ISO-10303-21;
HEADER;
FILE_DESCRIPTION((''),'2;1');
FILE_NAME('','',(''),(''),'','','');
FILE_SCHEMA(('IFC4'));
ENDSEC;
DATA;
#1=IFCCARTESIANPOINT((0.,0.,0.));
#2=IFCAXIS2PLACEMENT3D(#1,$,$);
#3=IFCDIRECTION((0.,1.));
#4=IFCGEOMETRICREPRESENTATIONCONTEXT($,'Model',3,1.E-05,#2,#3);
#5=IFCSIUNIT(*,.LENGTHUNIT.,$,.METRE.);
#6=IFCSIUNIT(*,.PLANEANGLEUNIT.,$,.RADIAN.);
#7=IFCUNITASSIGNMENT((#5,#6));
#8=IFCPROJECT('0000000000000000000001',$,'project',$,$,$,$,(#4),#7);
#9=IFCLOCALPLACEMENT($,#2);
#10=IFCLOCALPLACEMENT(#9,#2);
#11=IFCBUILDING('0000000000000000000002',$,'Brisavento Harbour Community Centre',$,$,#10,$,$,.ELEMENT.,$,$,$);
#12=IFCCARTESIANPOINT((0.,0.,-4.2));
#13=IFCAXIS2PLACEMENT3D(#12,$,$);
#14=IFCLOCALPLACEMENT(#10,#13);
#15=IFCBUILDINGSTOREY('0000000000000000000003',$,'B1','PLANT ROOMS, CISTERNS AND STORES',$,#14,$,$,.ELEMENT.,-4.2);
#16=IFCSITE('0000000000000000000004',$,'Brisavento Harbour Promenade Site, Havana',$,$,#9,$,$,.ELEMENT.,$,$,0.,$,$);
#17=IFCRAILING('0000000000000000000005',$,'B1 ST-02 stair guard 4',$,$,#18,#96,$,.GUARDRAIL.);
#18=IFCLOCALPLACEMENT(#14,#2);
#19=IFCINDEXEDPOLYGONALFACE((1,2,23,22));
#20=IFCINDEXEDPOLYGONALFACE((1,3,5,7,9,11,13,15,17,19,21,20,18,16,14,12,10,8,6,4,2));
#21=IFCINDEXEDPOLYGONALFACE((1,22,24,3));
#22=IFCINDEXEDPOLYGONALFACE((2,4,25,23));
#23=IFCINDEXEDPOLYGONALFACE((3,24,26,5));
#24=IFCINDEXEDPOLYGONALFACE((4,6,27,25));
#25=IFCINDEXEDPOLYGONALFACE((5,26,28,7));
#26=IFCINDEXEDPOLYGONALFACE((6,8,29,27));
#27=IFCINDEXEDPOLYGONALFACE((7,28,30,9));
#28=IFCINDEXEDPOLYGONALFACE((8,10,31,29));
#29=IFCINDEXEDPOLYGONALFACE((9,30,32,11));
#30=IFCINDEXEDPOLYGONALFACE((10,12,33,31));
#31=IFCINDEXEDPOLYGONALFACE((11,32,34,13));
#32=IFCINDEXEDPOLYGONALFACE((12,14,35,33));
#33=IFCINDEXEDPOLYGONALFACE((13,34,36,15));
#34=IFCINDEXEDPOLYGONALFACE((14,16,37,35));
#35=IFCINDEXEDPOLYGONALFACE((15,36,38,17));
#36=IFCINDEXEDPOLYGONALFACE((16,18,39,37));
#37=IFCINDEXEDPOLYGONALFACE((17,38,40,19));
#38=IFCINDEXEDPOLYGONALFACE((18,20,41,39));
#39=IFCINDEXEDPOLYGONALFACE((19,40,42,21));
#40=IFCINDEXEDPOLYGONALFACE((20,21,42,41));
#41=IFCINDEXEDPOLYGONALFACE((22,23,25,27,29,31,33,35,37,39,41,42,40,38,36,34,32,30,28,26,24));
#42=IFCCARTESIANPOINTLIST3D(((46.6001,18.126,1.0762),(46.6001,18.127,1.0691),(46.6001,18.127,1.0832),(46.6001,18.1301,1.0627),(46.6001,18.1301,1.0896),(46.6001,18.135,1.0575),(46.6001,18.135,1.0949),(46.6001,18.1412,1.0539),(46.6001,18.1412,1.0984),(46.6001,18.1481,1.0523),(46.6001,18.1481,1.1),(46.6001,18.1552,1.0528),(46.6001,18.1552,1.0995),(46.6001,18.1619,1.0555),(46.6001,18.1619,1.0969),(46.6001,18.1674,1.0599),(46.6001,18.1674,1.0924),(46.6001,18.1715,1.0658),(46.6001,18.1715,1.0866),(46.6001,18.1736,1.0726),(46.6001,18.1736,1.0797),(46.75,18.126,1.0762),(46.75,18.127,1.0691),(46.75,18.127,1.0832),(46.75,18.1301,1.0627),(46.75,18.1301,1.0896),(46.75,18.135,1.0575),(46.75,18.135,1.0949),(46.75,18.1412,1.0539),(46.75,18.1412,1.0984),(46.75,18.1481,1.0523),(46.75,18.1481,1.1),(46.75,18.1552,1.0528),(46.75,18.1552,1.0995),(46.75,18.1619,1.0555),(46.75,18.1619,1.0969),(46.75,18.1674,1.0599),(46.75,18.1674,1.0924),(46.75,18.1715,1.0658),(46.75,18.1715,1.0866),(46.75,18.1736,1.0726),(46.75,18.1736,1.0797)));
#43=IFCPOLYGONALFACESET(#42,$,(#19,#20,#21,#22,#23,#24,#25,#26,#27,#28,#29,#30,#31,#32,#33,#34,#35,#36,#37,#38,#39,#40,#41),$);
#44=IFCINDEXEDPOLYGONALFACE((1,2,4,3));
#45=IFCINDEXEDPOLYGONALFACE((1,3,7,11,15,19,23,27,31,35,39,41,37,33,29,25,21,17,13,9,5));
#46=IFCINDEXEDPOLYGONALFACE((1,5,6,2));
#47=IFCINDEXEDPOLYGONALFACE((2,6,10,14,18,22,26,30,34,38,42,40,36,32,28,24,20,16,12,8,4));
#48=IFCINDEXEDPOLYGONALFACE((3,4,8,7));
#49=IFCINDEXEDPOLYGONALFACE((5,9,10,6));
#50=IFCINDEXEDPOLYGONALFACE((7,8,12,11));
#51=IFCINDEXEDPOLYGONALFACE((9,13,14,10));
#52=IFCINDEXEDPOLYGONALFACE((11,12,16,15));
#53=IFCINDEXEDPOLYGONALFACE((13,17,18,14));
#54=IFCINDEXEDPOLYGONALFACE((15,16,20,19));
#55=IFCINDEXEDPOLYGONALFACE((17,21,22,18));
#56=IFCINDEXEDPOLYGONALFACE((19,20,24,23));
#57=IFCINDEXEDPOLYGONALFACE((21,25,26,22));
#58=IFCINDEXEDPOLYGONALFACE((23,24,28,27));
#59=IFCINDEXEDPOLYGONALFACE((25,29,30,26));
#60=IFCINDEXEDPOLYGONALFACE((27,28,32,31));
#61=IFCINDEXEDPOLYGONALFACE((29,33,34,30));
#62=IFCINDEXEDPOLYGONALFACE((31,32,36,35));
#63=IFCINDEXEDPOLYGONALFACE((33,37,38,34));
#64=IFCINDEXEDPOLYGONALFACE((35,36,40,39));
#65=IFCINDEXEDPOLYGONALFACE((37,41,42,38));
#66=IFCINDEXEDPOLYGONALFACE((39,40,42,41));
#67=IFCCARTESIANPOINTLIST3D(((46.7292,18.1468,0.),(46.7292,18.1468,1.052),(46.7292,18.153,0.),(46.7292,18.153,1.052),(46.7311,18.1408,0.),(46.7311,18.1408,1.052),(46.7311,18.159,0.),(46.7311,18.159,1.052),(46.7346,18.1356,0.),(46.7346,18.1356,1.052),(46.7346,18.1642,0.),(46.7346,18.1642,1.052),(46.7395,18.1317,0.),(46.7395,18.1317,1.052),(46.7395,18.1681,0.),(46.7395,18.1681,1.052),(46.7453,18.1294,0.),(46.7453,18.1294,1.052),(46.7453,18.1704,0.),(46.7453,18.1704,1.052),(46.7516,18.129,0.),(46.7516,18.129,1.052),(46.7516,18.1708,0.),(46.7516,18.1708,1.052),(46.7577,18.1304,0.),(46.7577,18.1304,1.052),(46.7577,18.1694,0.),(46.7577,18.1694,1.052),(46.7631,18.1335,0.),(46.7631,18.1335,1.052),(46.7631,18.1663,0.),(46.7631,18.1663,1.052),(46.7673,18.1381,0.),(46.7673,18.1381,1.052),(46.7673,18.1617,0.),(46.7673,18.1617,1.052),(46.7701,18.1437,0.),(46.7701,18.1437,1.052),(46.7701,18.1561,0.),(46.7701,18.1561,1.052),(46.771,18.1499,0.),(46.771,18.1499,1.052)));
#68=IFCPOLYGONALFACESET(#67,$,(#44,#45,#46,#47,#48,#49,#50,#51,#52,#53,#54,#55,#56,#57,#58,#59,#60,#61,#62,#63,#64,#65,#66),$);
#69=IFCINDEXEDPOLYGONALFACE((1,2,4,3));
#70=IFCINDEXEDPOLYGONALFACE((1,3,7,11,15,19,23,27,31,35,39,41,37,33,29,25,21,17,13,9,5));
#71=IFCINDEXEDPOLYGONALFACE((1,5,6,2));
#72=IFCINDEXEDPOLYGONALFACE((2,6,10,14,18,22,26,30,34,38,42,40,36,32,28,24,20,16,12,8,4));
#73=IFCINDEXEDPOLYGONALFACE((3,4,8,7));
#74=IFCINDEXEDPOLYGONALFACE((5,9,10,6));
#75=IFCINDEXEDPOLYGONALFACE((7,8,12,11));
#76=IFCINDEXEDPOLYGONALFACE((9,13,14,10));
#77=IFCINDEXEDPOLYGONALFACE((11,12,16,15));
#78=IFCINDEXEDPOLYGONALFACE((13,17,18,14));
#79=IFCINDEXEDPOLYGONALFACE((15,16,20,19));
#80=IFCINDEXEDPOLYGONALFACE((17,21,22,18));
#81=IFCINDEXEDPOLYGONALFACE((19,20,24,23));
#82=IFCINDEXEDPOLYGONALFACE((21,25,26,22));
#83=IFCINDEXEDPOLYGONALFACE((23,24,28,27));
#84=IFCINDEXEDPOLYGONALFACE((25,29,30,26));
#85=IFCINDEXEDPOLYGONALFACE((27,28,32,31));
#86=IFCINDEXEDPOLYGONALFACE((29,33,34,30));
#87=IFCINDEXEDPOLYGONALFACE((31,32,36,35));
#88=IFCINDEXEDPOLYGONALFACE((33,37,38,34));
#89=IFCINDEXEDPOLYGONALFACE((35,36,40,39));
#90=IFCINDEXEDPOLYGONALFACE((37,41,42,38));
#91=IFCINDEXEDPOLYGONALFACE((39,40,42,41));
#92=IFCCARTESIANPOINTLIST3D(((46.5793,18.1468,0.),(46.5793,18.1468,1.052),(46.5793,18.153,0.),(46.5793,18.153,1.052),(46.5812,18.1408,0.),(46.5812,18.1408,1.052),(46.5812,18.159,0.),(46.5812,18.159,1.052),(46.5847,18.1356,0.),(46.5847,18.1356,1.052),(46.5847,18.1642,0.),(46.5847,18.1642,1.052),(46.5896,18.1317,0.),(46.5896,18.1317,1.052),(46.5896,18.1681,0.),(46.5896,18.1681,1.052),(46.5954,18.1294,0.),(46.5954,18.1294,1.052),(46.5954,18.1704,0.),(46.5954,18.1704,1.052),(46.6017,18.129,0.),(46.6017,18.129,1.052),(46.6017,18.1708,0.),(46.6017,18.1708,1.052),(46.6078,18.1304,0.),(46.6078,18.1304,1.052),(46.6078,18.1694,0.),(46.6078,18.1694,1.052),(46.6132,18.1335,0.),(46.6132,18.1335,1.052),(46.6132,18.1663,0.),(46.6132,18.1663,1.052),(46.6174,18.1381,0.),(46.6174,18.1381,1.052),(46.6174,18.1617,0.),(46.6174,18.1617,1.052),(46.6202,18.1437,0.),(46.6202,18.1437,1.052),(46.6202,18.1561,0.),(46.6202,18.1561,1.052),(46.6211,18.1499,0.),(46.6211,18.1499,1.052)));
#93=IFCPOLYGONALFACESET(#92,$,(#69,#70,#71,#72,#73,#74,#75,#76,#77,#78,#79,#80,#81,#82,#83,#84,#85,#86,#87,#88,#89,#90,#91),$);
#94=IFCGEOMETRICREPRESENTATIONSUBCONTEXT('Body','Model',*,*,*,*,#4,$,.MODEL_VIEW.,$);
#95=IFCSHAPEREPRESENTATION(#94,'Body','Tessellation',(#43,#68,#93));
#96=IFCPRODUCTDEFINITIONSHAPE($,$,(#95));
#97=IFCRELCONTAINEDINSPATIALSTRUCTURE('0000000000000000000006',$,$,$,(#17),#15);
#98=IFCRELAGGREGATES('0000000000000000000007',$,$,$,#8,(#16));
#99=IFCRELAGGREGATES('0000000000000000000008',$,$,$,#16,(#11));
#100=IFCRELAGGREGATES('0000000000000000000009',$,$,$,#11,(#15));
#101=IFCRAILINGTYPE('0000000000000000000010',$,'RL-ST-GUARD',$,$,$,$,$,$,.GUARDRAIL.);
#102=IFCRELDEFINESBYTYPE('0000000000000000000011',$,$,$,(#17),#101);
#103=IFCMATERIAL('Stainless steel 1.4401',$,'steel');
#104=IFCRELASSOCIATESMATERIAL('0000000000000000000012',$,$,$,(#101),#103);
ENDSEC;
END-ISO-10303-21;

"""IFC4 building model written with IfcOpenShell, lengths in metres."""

from ifc_helpers import new_model, si_unit, direction, frame, origin, origin_2d, place, context, subcontext, project, spatial, circle, extrude, material, type_object, element, save


model = new_model("IFC4")

# Units and contexts
model_context = context("Model", 3, precision=1e-05, world=origin(), true_north=direction((0.0, 1.0)))
body_context = subcontext(model_context, "Body", "Model", "MODEL_VIEW")
ifc_project = project(units=[si_unit("LENGTHUNIT", "METRE"), si_unit("PLANEANGLEUNIT", "RADIAN")], contexts=[model_context])

# Site, building, storey
site_placement = place(None, origin())
site = spatial("IfcSite", under=ifc_project, at=site_placement, Name="Brisavento Harbour Promenade Site, Havana", CompositionType="ELEMENT", RefElevation=0.0)
building_placement = place(site_placement, origin())
building = spatial("IfcBuilding", under=site, at=building_placement, Name="Brisavento Harbour Community Centre", CompositionType="ELEMENT")
storey_placement = place(building_placement, frame((0.0, 0.0, -4.2)))
storey = spatial("IfcBuildingStorey", under=building, at=storey_placement, Name="B1", Description="PLANT ROOMS, CISTERNS AND STORES", CompositionType="ELEMENT", Elevation=-4.2)

# Railing
ifc_material_1 = material(Name="Stainless steel 1.4401", Category="steel")
railing_type_1 = type_object("IfcRailingType", Name="RL-ST-GUARD", PredefinedType="GUARDRAIL", material=ifc_material_1)
railing_1_placement = place(storey_placement, frame((46.75, 18.1499, 0.0)))
element("IfcRailing", 1, at=railing_1_placement, inside=storey, type_object=railing_type_1, Name="B1 ST-02 stair guard 4", PredefinedType="GUARDRAIL", context=body_context, shape_type="SweptSolid", body=[
    extrude(circle(Radius=0.0239, at=origin_2d()), frame((0.0, 0.0, 1.0762), z_axis=(-1.0, 0.0, 0.0), x_axis=(0.0, -1.0, 0.0)), (0.0, 0.0, 1.0), 0.1499),
    extrude(circle(Radius=0.021, at=origin_2d()), origin(), (0.0, 0.0, 1.0), 1.052),
    extrude(circle(Radius=0.021, at=origin_2d()), frame((-0.1499, 0.0, 0.0)), (0.0, 0.0, 1.0), 1.052),
])

save(model, "model.ifc")
